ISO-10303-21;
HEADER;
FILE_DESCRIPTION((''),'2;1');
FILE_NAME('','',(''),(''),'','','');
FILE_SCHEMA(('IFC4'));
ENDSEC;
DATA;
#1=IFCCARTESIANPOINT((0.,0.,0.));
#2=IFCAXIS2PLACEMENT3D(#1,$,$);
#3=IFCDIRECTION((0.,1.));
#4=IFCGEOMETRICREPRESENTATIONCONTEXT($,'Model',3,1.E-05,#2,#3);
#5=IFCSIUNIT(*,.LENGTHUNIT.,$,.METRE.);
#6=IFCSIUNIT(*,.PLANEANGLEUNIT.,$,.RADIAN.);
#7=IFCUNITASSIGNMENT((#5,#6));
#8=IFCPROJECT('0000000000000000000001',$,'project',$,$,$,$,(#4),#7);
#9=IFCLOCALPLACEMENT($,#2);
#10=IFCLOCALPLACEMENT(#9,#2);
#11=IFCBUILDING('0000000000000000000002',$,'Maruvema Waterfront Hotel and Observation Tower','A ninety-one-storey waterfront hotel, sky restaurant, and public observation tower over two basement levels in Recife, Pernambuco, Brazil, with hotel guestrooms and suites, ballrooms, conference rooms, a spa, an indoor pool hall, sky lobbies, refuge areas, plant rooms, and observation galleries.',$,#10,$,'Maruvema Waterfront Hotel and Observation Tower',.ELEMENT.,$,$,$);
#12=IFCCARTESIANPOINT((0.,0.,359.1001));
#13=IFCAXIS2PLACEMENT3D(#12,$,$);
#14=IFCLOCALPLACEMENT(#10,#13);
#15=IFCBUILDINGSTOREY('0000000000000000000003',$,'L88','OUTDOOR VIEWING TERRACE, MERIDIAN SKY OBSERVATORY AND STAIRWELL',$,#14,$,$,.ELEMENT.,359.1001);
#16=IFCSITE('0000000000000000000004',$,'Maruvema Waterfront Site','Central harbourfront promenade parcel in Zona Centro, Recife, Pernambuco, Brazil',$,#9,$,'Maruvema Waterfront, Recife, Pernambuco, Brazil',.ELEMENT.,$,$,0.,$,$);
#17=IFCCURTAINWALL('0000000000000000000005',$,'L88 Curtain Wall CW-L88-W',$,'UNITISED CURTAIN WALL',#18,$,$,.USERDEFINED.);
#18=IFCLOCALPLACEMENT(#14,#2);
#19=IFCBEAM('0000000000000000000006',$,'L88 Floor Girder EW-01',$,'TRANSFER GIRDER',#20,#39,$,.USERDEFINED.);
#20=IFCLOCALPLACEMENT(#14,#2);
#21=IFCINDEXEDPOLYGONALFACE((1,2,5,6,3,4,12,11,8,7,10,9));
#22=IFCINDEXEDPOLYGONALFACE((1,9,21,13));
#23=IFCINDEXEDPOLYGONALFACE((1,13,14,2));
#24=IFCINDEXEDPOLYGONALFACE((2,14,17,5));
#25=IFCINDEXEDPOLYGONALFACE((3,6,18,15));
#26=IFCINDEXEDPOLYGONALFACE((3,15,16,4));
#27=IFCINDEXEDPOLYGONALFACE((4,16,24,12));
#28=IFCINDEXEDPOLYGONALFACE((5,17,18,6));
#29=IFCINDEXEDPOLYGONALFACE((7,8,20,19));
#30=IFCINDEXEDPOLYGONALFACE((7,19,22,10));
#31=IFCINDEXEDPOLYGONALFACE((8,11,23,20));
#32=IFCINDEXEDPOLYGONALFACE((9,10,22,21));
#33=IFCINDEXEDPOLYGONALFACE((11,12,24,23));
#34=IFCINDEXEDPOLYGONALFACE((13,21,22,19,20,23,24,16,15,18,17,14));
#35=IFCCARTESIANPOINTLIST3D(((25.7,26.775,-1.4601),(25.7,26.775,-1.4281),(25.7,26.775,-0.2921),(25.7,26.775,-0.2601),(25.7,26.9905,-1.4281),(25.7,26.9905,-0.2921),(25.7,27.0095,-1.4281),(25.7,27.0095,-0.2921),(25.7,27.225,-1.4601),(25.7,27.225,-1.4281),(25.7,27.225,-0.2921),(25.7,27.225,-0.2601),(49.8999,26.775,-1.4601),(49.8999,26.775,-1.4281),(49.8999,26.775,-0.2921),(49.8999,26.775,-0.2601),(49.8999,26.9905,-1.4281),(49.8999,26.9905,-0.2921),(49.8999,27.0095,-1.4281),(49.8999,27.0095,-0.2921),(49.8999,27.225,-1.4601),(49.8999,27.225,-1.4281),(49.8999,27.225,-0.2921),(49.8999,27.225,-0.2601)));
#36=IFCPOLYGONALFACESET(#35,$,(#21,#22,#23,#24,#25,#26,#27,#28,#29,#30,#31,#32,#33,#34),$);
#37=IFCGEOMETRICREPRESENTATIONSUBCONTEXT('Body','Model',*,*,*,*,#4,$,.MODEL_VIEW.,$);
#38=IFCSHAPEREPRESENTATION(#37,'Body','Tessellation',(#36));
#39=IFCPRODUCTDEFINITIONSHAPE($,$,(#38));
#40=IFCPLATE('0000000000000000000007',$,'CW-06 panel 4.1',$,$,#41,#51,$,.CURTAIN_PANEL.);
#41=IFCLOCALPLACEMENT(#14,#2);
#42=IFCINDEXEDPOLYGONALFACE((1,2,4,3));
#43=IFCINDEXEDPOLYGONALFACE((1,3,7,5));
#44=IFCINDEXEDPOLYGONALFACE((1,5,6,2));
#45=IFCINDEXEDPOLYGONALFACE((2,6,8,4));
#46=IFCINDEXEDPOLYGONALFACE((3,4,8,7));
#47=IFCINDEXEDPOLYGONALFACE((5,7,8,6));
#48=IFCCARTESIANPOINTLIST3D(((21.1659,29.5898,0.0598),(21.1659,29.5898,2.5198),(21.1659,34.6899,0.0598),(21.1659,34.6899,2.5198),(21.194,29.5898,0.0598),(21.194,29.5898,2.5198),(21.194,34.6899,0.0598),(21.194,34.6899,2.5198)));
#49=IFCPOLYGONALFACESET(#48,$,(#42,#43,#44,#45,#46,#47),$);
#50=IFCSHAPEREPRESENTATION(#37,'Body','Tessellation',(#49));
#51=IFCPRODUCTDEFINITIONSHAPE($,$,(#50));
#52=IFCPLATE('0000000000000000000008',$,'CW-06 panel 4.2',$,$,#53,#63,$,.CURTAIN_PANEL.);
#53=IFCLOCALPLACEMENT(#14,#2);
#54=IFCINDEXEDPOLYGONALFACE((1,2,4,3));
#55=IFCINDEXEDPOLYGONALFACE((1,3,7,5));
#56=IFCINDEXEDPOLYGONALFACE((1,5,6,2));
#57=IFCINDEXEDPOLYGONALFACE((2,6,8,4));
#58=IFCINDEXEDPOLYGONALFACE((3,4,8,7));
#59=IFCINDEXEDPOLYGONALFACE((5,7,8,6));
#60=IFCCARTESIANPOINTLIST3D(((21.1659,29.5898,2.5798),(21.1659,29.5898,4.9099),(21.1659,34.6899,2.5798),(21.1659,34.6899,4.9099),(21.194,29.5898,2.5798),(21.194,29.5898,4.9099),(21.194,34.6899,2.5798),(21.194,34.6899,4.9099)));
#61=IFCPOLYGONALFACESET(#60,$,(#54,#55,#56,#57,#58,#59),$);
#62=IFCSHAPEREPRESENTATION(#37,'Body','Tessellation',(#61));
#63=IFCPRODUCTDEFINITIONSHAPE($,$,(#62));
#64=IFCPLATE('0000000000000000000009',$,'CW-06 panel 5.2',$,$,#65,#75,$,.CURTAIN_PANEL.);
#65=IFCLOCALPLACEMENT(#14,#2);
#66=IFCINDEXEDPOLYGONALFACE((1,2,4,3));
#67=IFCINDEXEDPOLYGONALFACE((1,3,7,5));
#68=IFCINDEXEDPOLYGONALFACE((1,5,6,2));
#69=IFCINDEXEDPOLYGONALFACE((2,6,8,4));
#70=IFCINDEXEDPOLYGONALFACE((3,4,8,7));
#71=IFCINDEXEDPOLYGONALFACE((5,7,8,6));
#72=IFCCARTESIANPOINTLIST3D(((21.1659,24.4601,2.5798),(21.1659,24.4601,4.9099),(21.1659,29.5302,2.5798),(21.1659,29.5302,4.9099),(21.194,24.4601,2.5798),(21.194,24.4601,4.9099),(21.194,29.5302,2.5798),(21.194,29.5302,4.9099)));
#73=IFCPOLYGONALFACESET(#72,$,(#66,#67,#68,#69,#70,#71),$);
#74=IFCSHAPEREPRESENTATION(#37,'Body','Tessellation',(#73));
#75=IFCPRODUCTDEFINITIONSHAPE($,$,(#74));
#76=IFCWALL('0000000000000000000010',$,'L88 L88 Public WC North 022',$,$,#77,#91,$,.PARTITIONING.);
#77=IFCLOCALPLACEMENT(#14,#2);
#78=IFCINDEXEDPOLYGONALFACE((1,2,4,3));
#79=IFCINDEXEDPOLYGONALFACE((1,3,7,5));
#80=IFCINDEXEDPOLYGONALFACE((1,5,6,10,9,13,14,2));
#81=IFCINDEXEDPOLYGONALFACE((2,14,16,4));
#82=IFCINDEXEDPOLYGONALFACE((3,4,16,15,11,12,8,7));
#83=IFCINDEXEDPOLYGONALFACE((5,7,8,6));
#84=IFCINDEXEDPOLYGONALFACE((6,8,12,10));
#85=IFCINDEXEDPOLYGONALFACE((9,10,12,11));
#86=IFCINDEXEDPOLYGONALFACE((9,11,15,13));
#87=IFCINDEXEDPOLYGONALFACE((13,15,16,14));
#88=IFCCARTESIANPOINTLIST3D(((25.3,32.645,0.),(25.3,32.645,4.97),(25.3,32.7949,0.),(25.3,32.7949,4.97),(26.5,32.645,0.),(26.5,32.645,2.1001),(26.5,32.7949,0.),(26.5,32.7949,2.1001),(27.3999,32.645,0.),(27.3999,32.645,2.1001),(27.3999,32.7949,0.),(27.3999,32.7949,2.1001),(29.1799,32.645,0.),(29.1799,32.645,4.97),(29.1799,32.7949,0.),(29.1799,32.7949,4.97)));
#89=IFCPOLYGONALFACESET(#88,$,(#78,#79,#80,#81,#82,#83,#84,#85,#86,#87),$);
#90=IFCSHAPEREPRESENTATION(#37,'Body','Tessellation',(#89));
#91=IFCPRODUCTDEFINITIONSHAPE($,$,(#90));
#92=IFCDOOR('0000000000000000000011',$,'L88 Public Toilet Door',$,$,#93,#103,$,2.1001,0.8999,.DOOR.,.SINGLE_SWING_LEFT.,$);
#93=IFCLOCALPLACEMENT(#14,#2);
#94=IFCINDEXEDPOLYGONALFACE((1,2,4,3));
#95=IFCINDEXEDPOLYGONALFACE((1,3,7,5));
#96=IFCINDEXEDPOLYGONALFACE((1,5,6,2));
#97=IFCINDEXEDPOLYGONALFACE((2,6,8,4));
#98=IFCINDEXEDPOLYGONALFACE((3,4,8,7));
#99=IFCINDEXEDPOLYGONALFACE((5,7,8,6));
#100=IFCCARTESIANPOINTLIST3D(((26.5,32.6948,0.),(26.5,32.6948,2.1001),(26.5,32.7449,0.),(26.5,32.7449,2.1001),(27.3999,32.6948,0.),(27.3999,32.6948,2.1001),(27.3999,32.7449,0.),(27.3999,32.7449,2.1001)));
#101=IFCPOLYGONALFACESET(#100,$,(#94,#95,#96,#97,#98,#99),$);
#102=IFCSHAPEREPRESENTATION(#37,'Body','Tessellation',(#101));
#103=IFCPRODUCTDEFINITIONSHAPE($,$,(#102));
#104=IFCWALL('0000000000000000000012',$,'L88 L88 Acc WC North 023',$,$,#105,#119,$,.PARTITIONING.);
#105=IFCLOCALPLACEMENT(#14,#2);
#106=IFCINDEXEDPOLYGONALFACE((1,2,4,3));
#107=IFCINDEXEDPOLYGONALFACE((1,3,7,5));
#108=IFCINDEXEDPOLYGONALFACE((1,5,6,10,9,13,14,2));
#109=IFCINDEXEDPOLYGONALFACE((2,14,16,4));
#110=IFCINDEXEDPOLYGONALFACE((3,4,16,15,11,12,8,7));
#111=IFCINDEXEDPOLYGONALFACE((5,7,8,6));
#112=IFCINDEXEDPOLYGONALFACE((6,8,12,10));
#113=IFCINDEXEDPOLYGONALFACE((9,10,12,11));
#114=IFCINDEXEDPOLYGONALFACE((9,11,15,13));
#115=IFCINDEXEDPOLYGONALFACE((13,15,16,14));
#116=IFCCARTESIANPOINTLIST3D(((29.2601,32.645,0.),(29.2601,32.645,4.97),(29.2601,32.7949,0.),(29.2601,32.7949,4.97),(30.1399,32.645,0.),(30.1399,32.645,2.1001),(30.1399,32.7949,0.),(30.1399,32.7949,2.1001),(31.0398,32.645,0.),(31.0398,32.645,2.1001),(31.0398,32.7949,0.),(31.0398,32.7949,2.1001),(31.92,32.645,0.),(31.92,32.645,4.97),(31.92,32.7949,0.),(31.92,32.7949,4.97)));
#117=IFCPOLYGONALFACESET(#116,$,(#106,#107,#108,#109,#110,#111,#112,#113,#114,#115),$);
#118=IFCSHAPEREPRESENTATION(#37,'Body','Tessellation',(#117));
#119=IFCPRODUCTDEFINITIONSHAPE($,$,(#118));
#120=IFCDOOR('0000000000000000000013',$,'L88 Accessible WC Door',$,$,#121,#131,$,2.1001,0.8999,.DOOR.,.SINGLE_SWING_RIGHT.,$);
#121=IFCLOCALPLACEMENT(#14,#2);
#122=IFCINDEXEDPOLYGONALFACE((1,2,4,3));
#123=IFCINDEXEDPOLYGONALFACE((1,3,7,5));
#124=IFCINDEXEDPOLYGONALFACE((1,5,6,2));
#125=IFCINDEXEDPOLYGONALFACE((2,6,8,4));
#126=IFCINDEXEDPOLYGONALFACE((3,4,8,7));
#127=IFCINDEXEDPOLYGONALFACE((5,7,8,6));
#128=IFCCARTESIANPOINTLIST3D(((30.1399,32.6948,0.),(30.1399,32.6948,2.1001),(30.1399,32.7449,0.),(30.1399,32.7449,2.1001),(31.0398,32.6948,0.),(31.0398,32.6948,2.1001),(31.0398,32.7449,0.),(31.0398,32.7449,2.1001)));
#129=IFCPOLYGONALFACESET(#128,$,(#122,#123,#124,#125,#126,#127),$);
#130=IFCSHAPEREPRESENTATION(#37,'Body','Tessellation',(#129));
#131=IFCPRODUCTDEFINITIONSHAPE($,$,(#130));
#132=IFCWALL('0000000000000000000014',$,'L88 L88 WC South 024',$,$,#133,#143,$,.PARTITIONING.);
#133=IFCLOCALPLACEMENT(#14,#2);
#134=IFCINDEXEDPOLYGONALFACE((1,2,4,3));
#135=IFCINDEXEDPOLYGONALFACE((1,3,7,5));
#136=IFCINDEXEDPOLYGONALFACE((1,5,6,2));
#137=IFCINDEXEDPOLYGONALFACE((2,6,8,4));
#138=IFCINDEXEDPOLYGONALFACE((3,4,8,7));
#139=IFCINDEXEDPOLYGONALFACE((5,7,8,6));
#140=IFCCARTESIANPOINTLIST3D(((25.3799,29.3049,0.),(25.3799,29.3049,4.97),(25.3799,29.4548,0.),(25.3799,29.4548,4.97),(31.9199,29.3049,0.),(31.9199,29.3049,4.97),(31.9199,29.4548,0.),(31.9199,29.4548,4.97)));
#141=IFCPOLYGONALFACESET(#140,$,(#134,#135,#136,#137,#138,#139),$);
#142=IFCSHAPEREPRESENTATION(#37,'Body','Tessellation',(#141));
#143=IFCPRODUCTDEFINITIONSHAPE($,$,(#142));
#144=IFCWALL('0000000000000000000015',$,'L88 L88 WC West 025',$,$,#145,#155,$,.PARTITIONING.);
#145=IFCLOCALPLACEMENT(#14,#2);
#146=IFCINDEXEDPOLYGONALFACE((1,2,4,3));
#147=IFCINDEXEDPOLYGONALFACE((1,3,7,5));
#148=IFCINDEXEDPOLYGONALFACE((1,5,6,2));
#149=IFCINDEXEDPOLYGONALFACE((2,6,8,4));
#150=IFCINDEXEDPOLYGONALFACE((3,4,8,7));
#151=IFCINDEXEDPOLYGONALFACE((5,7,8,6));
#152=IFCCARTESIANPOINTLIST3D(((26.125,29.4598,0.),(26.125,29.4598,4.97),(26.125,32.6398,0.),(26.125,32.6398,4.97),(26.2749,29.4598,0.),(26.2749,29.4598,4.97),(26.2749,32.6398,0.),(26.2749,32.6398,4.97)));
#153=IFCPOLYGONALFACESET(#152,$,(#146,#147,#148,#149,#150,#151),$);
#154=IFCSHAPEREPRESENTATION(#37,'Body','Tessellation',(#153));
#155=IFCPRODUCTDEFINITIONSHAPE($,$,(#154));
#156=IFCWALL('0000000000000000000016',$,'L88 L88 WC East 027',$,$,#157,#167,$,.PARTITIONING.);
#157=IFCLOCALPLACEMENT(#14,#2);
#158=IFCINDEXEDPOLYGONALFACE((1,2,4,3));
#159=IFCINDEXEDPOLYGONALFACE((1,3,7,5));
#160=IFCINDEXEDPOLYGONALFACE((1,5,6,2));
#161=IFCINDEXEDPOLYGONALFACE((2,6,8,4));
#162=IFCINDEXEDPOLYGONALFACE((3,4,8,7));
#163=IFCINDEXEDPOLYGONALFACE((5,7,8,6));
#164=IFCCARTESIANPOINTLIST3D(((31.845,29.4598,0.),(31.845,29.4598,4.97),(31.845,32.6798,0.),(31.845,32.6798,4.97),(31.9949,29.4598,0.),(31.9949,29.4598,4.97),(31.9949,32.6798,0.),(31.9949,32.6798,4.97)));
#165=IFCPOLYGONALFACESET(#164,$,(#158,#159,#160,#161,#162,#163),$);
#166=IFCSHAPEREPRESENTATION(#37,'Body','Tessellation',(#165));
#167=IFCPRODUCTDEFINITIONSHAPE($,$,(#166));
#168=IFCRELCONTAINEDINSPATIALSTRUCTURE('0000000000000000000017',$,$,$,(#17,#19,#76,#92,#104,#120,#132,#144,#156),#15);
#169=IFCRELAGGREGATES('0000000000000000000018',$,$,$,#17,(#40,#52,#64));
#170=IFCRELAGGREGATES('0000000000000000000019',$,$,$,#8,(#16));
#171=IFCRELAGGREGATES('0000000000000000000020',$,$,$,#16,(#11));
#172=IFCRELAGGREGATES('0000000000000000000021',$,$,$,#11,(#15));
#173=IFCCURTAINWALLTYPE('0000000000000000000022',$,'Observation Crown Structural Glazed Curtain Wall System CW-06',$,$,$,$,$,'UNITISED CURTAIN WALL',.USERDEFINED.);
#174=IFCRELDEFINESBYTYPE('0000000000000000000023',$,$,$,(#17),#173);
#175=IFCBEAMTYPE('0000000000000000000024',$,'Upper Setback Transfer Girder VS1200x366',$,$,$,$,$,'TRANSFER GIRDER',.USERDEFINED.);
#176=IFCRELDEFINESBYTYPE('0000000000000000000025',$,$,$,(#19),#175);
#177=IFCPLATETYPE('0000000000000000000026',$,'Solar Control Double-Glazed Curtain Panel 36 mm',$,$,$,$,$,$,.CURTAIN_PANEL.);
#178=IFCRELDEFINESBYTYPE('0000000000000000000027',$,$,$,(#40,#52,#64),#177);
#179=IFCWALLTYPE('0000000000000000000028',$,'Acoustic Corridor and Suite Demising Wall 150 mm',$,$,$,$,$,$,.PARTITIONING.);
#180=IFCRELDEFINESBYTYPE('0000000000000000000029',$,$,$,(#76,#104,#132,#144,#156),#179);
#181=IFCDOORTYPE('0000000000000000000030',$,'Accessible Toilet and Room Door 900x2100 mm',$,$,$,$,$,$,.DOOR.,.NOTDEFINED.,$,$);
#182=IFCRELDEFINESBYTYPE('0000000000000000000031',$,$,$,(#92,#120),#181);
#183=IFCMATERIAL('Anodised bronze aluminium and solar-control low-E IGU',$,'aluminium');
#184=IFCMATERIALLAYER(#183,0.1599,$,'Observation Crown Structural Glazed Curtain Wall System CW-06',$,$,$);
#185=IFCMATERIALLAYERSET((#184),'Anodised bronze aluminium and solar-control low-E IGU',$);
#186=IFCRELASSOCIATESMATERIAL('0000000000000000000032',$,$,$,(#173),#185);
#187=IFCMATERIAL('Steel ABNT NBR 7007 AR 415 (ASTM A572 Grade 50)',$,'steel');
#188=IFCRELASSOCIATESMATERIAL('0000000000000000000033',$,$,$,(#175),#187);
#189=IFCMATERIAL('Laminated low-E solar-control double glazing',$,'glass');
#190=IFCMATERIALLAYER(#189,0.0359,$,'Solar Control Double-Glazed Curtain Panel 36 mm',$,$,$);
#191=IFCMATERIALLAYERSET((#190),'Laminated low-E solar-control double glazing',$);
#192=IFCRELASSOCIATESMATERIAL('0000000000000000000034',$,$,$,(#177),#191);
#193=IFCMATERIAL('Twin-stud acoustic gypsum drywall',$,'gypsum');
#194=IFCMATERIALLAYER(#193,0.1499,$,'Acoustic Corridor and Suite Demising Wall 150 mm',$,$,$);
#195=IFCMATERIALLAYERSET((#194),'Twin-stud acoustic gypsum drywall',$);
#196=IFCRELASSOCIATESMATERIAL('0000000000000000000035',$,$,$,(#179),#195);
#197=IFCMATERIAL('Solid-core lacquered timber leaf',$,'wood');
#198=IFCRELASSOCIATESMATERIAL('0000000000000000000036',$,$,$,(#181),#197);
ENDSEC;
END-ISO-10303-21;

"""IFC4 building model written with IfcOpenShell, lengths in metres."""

from ifc_helpers import new_model, si_unit, direction, frame, frame_2d, origin, origin_2d, place, context, subcontext, project, spatial, rectangle, i_section, extrude, material, layer, layer_set, material_profile, profile_set, type_object, element, fill, aggregate, save


model = new_model("IFC4")

# Units and contexts
model_context = context("Model", 3, precision=1e-05, world=origin(), true_north=direction((0.0, 1.0)))
body_context = subcontext(model_context, "Body", "Model", "MODEL_VIEW")
ifc_project = project(units=[si_unit("LENGTHUNIT", "METRE"), si_unit("PLANEANGLEUNIT", "RADIAN")], contexts=[model_context])

# Site, building, storey
site_placement = place(None, origin())
site = spatial("IfcSite", under=ifc_project, at=site_placement, Name="Maruvema Waterfront Site", Description="Central harbourfront promenade parcel in Zona Centro, Recife, Pernambuco, Brazil", LongName="Maruvema Waterfront, Recife, Pernambuco, Brazil", CompositionType="ELEMENT", RefElevation=0.0)
building_placement = place(site_placement, origin())
building = spatial("IfcBuilding", under=site, at=building_placement, Name="Maruvema Waterfront Hotel and Observation Tower", Description="A ninety-one-storey waterfront hotel, sky restaurant, and public observation tower over two basement levels in Recife, Pernambuco, Brazil, with hotel guestrooms and suites, ballrooms, conference rooms, a spa, an indoor pool hall, sky lobbies, refuge areas, plant rooms, and observation galleries.", LongName="Maruvema Waterfront Hotel and Observation Tower", CompositionType="ELEMENT")
storey_placement = place(building_placement, frame((0.0, 0.0, 359.1001)))
storey = spatial("IfcBuildingStorey", under=building, at=storey_placement, Name="L88", Description="OUTDOOR VIEWING TERRACE, MERIDIAN SKY OBSERVATORY AND STAIRWELL", CompositionType="ELEMENT", Elevation=359.1001)

# Curtain wall
ifc_material_1 = material(Name="Anodised bronze aluminium and solar-control low-E IGU", Category="aluminium")
ifc_layer_1 = layer(ifc_material_1, 0.1599, Name="Observation Crown Structural Glazed Curtain Wall System CW-06")
ifc_layer_set_1 = layer_set([ifc_layer_1], Name="Anodised bronze aluminium and solar-control low-E IGU")
curtain_wall_type = type_object("IfcCurtainWallType", Name="Observation Crown Structural Glazed Curtain Wall System CW-06", ElementType="UNITISED CURTAIN WALL", PredefinedType="USERDEFINED", material=ifc_layer_set_1)
curtain_wall_placement = place(storey_placement, origin())
curtain_wall = element("IfcCurtainWall", 1, at=curtain_wall_placement, inside=storey, type_object=curtain_wall_type, Name="L88 Curtain Wall CW-L88-W", ObjectType="UNITISED CURTAIN WALL", PredefinedType="USERDEFINED")

# Beam
ifc_material_2 = material(Name="Steel ABNT NBR 7007 AR 415 (ASTM A572 Grade 50)", Category="steel")
ifc_material_profile_1 = material_profile(ifc_material_2, i_section(OverallWidth=0.45, OverallDepth=1.2, WebThickness=0.019, FlangeThickness=0.032, at=origin_2d()), Name="VS1200x366")
ifc_profile_set_1 = profile_set([ifc_material_profile_1], Name="Steel ABNT NBR 7007 AR 415 (ASTM A572 Grade 50)")
beam_type_1 = type_object("IfcBeamType", Name="Upper Setback Transfer Girder VS1200x366", ElementType="TRANSFER GIRDER", PredefinedType="USERDEFINED", material=ifc_profile_set_1)
beam_1_placement = place(storey_placement, frame((25.7, 27.0, -0.8601), z_axis=(1.0, 0.0, 0.0), x_axis=(0.0, 1.0, 0.0)))
element("IfcBeam", 2, at=beam_1_placement, inside=storey, type_object=beam_type_1, Name="L88 Floor Girder EW-01", ObjectType="TRANSFER GIRDER", PredefinedType="USERDEFINED", context=body_context, shape_type="SweptSolid", body=[
    extrude(i_section(OverallWidth=0.45, OverallDepth=1.2, WebThickness=0.019, FlangeThickness=0.032, at=origin_2d()), origin(), (0.0, 0.0, 1.0), 24.2),
])

# Plates
ifc_material_3 = material(Name="Laminated low-E solar-control double glazing", Category="glass")
ifc_layer_2 = layer(ifc_material_3, 0.0359, Name="Solar Control Double-Glazed Curtain Panel 36 mm")
ifc_layer_set_2 = layer_set([ifc_layer_2], Name="Laminated low-E solar-control double glazing")
plate_type = type_object("IfcPlateType", Name="Solar Control Double-Glazed Curtain Panel 36 mm", PredefinedType="CURTAIN_PANEL", material=ifc_layer_set_2)
plate_1_placement = place(storey_placement, frame((21.1799, 32.1399, 0.0598), z_axis=(0.0, 0.0, 1.0), x_axis=(0.0, -1.0, 0.0)))
plate_1 = element("IfcPlate", 3, at=plate_1_placement, type_object=plate_type, Name="CW-06 panel 4.1", PredefinedType="CURTAIN_PANEL", context=body_context, shape_type="SweptSolid", body=[
    extrude(rectangle(XDim=5.1001, YDim=0.0281, at=origin_2d()), origin(), (0.0, 0.0, 1.0), 2.46),
])
plate_2_placement = place(storey_placement, frame((21.1799, 32.1399, 2.5798), z_axis=(0.0, 0.0, 1.0), x_axis=(0.0, -1.0, 0.0)))
plate_2 = element("IfcPlate", 4, at=plate_2_placement, type_object=plate_type, Name="CW-06 panel 4.2", PredefinedType="CURTAIN_PANEL", context=body_context, shape_type="SweptSolid", body=[
    extrude(rectangle(XDim=5.1001, YDim=0.0281, at=origin_2d()), origin(), (0.0, 0.0, 1.0), 2.3301),
])
plate_3_placement = place(storey_placement, frame((21.1799, 26.9951, 2.5798), z_axis=(0.0, 0.0, 1.0), x_axis=(0.0, -1.0, 0.0)))
plate_3 = element("IfcPlate", 5, at=plate_3_placement, type_object=plate_type, Name="CW-06 panel 5.2", PredefinedType="CURTAIN_PANEL", context=body_context, shape_type="SweptSolid", body=[
    extrude(rectangle(XDim=5.0701, YDim=0.0281, at=origin_2d()), origin(), (0.0, 0.0, 1.0), 2.3301),
])
aggregate(curtain_wall, [plate_1, plate_2, plate_3])

# Walls, openings, doors
ifc_material_4 = material(Name="Twin-stud acoustic gypsum drywall", Category="gypsum")
ifc_layer_3 = layer(ifc_material_4, 0.1499, Name="Acoustic Corridor and Suite Demising Wall 150 mm")
ifc_layer_set_3 = layer_set([ifc_layer_3], Name="Twin-stud acoustic gypsum drywall")
wall_type_1 = type_object("IfcWallType", Name="Acoustic Corridor and Suite Demising Wall 150 mm", PredefinedType="PARTITIONING", material=ifc_layer_set_3)
wall_1_placement = place(storey_placement, frame((25.3, 32.72, 0.0), z_axis=(0.0, 0.0, 1.0), x_axis=(1.0, 0.0, 0.0)))
wall_1 = element("IfcWall", 6, at=wall_1_placement, inside=storey, type_object=wall_type_1, Name="L88 L88 Public WC North 022", PredefinedType="PARTITIONING", context=body_context, shape_type="SweptSolid", body=[
    extrude(rectangle(XDim=3.8799, YDim=0.1499, at=frame_2d((1.9399, 0.0))), origin(), (0.0, 0.0, 1.0), 4.97),
])
opening_1_placement = place(wall_1_placement, frame((1.2, 0.0, 0.0)))
opening_1 = element("IfcOpeningElement", 7, at=opening_1_placement, cuts=wall_1, PredefinedType="OPENING", context=body_context, shape_type="SweptSolid", body=[
    extrude(rectangle(XDim=0.8999, YDim=2.1001, at=frame_2d((0.45, 1.05))), frame((0.0, 0.085, 0.0), z_axis=(0.0, -1.0, 0.0), x_axis=(1.0, 0.0, 0.0)), (0.0, 0.0, 1.0), 0.1699),
])
ifc_material_5 = material(Name="Solid-core lacquered timber leaf", Category="wood")
door_type_1 = type_object("IfcDoorType", Name="Accessible Toilet and Room Door 900x2100 mm", OperationType="NOTDEFINED", PredefinedType="DOOR", material=ifc_material_5)
door_1_placement = place(opening_1_placement, origin())
door_1 = element("IfcDoor", 8, at=door_1_placement, inside=storey, type_object=door_type_1, Name="L88 Public Toilet Door", OperationType="SINGLE_SWING_LEFT", OverallHeight=2.1001, OverallWidth=0.8999, PredefinedType="DOOR", context=body_context, shape_type="SweptSolid", body=[
    extrude(rectangle(XDim=0.8999, YDim=2.1001, at=frame_2d((0.45, 1.05))), frame((0.0, 0.0249, 0.0), z_axis=(0.0, -1.0, 0.0), x_axis=(1.0, 0.0, 0.0)), (0.0, 0.0, 1.0), 0.05),
])
fill(opening_1, door_1)
wall_2_placement = place(storey_placement, frame((29.26, 32.72, 0.0), z_axis=(0.0, 0.0, 1.0), x_axis=(1.0, 0.0, 0.0)))
wall_2 = element("IfcWall", 9, at=wall_2_placement, inside=storey, type_object=wall_type_1, Name="L88 L88 Acc WC North 023", PredefinedType="PARTITIONING", context=body_context, shape_type="SweptSolid", body=[
    extrude(rectangle(XDim=2.6599, YDim=0.1499, at=frame_2d((1.3301, 0.0))), origin(), (0.0, 0.0, 1.0), 4.97),
])
opening_2_placement = place(wall_2_placement, frame((0.8799, 0.0, 0.0)))
opening_2 = element("IfcOpeningElement", 10, at=opening_2_placement, cuts=wall_2, PredefinedType="OPENING", context=body_context, shape_type="SweptSolid", body=[
    extrude(rectangle(XDim=0.8999, YDim=2.1001, at=frame_2d((0.45, 1.05))), frame((0.0, 0.085, 0.0), z_axis=(0.0, -1.0, 0.0), x_axis=(1.0, 0.0, 0.0)), (0.0, 0.0, 1.0), 0.1699),
])
door_2_placement = place(opening_2_placement, origin())
door_2 = element("IfcDoor", 11, at=door_2_placement, inside=storey, type_object=door_type_1, Name="L88 Accessible WC Door", OperationType="SINGLE_SWING_RIGHT", OverallHeight=2.1001, OverallWidth=0.8999, PredefinedType="DOOR", context=body_context, shape_type="SweptSolid", body=[
    extrude(rectangle(XDim=0.8999, YDim=2.1001, at=frame_2d((0.45, 1.05))), frame((0.0, 0.0249, 0.0), z_axis=(0.0, -1.0, 0.0), x_axis=(1.0, 0.0, 0.0)), (0.0, 0.0, 1.0), 0.05),
])
fill(opening_2, door_2)

# Walls
wall_3_placement = place(storey_placement, frame((25.3799, 29.3799, 0.0), z_axis=(0.0, 0.0, 1.0), x_axis=(1.0, 0.0, 0.0)))
element("IfcWall", 12, at=wall_3_placement, inside=storey, type_object=wall_type_1, Name="L88 L88 WC South 024", PredefinedType="PARTITIONING", context=body_context, shape_type="SweptSolid", body=[
    extrude(rectangle(XDim=6.54, YDim=0.1499, at=frame_2d((3.27, 0.0))), origin(), (0.0, 0.0, 1.0), 4.97),
])
wall_4_placement = place(storey_placement, frame((26.2, 29.46, 0.0), z_axis=(0.0, 0.0, 1.0), x_axis=(0.0, 1.0, 0.0)))
element("IfcWall", 13, at=wall_4_placement, inside=storey, type_object=wall_type_1, Name="L88 L88 WC West 025", PredefinedType="PARTITIONING", context=body_context, shape_type="SweptSolid", body=[
    extrude(rectangle(XDim=3.1799, YDim=0.1499, at=frame_2d((1.5898, 0.0))), origin(), (0.0, 0.0, 1.0), 4.97),
])
wall_5_placement = place(storey_placement, frame((31.9199, 29.46, 0.0), z_axis=(0.0, 0.0, 1.0), x_axis=(0.0, 1.0, 0.0)))
element("IfcWall", 14, at=wall_5_placement, inside=storey, type_object=wall_type_1, Name="L88 L88 WC East 027", PredefinedType="PARTITIONING", context=body_context, shape_type="SweptSolid", body=[
    extrude(rectangle(XDim=3.22, YDim=0.1499, at=frame_2d((1.6099, 0.0))), origin(), (0.0, 0.0, 1.0), 4.97),
])

save(model, "model.ifc")
